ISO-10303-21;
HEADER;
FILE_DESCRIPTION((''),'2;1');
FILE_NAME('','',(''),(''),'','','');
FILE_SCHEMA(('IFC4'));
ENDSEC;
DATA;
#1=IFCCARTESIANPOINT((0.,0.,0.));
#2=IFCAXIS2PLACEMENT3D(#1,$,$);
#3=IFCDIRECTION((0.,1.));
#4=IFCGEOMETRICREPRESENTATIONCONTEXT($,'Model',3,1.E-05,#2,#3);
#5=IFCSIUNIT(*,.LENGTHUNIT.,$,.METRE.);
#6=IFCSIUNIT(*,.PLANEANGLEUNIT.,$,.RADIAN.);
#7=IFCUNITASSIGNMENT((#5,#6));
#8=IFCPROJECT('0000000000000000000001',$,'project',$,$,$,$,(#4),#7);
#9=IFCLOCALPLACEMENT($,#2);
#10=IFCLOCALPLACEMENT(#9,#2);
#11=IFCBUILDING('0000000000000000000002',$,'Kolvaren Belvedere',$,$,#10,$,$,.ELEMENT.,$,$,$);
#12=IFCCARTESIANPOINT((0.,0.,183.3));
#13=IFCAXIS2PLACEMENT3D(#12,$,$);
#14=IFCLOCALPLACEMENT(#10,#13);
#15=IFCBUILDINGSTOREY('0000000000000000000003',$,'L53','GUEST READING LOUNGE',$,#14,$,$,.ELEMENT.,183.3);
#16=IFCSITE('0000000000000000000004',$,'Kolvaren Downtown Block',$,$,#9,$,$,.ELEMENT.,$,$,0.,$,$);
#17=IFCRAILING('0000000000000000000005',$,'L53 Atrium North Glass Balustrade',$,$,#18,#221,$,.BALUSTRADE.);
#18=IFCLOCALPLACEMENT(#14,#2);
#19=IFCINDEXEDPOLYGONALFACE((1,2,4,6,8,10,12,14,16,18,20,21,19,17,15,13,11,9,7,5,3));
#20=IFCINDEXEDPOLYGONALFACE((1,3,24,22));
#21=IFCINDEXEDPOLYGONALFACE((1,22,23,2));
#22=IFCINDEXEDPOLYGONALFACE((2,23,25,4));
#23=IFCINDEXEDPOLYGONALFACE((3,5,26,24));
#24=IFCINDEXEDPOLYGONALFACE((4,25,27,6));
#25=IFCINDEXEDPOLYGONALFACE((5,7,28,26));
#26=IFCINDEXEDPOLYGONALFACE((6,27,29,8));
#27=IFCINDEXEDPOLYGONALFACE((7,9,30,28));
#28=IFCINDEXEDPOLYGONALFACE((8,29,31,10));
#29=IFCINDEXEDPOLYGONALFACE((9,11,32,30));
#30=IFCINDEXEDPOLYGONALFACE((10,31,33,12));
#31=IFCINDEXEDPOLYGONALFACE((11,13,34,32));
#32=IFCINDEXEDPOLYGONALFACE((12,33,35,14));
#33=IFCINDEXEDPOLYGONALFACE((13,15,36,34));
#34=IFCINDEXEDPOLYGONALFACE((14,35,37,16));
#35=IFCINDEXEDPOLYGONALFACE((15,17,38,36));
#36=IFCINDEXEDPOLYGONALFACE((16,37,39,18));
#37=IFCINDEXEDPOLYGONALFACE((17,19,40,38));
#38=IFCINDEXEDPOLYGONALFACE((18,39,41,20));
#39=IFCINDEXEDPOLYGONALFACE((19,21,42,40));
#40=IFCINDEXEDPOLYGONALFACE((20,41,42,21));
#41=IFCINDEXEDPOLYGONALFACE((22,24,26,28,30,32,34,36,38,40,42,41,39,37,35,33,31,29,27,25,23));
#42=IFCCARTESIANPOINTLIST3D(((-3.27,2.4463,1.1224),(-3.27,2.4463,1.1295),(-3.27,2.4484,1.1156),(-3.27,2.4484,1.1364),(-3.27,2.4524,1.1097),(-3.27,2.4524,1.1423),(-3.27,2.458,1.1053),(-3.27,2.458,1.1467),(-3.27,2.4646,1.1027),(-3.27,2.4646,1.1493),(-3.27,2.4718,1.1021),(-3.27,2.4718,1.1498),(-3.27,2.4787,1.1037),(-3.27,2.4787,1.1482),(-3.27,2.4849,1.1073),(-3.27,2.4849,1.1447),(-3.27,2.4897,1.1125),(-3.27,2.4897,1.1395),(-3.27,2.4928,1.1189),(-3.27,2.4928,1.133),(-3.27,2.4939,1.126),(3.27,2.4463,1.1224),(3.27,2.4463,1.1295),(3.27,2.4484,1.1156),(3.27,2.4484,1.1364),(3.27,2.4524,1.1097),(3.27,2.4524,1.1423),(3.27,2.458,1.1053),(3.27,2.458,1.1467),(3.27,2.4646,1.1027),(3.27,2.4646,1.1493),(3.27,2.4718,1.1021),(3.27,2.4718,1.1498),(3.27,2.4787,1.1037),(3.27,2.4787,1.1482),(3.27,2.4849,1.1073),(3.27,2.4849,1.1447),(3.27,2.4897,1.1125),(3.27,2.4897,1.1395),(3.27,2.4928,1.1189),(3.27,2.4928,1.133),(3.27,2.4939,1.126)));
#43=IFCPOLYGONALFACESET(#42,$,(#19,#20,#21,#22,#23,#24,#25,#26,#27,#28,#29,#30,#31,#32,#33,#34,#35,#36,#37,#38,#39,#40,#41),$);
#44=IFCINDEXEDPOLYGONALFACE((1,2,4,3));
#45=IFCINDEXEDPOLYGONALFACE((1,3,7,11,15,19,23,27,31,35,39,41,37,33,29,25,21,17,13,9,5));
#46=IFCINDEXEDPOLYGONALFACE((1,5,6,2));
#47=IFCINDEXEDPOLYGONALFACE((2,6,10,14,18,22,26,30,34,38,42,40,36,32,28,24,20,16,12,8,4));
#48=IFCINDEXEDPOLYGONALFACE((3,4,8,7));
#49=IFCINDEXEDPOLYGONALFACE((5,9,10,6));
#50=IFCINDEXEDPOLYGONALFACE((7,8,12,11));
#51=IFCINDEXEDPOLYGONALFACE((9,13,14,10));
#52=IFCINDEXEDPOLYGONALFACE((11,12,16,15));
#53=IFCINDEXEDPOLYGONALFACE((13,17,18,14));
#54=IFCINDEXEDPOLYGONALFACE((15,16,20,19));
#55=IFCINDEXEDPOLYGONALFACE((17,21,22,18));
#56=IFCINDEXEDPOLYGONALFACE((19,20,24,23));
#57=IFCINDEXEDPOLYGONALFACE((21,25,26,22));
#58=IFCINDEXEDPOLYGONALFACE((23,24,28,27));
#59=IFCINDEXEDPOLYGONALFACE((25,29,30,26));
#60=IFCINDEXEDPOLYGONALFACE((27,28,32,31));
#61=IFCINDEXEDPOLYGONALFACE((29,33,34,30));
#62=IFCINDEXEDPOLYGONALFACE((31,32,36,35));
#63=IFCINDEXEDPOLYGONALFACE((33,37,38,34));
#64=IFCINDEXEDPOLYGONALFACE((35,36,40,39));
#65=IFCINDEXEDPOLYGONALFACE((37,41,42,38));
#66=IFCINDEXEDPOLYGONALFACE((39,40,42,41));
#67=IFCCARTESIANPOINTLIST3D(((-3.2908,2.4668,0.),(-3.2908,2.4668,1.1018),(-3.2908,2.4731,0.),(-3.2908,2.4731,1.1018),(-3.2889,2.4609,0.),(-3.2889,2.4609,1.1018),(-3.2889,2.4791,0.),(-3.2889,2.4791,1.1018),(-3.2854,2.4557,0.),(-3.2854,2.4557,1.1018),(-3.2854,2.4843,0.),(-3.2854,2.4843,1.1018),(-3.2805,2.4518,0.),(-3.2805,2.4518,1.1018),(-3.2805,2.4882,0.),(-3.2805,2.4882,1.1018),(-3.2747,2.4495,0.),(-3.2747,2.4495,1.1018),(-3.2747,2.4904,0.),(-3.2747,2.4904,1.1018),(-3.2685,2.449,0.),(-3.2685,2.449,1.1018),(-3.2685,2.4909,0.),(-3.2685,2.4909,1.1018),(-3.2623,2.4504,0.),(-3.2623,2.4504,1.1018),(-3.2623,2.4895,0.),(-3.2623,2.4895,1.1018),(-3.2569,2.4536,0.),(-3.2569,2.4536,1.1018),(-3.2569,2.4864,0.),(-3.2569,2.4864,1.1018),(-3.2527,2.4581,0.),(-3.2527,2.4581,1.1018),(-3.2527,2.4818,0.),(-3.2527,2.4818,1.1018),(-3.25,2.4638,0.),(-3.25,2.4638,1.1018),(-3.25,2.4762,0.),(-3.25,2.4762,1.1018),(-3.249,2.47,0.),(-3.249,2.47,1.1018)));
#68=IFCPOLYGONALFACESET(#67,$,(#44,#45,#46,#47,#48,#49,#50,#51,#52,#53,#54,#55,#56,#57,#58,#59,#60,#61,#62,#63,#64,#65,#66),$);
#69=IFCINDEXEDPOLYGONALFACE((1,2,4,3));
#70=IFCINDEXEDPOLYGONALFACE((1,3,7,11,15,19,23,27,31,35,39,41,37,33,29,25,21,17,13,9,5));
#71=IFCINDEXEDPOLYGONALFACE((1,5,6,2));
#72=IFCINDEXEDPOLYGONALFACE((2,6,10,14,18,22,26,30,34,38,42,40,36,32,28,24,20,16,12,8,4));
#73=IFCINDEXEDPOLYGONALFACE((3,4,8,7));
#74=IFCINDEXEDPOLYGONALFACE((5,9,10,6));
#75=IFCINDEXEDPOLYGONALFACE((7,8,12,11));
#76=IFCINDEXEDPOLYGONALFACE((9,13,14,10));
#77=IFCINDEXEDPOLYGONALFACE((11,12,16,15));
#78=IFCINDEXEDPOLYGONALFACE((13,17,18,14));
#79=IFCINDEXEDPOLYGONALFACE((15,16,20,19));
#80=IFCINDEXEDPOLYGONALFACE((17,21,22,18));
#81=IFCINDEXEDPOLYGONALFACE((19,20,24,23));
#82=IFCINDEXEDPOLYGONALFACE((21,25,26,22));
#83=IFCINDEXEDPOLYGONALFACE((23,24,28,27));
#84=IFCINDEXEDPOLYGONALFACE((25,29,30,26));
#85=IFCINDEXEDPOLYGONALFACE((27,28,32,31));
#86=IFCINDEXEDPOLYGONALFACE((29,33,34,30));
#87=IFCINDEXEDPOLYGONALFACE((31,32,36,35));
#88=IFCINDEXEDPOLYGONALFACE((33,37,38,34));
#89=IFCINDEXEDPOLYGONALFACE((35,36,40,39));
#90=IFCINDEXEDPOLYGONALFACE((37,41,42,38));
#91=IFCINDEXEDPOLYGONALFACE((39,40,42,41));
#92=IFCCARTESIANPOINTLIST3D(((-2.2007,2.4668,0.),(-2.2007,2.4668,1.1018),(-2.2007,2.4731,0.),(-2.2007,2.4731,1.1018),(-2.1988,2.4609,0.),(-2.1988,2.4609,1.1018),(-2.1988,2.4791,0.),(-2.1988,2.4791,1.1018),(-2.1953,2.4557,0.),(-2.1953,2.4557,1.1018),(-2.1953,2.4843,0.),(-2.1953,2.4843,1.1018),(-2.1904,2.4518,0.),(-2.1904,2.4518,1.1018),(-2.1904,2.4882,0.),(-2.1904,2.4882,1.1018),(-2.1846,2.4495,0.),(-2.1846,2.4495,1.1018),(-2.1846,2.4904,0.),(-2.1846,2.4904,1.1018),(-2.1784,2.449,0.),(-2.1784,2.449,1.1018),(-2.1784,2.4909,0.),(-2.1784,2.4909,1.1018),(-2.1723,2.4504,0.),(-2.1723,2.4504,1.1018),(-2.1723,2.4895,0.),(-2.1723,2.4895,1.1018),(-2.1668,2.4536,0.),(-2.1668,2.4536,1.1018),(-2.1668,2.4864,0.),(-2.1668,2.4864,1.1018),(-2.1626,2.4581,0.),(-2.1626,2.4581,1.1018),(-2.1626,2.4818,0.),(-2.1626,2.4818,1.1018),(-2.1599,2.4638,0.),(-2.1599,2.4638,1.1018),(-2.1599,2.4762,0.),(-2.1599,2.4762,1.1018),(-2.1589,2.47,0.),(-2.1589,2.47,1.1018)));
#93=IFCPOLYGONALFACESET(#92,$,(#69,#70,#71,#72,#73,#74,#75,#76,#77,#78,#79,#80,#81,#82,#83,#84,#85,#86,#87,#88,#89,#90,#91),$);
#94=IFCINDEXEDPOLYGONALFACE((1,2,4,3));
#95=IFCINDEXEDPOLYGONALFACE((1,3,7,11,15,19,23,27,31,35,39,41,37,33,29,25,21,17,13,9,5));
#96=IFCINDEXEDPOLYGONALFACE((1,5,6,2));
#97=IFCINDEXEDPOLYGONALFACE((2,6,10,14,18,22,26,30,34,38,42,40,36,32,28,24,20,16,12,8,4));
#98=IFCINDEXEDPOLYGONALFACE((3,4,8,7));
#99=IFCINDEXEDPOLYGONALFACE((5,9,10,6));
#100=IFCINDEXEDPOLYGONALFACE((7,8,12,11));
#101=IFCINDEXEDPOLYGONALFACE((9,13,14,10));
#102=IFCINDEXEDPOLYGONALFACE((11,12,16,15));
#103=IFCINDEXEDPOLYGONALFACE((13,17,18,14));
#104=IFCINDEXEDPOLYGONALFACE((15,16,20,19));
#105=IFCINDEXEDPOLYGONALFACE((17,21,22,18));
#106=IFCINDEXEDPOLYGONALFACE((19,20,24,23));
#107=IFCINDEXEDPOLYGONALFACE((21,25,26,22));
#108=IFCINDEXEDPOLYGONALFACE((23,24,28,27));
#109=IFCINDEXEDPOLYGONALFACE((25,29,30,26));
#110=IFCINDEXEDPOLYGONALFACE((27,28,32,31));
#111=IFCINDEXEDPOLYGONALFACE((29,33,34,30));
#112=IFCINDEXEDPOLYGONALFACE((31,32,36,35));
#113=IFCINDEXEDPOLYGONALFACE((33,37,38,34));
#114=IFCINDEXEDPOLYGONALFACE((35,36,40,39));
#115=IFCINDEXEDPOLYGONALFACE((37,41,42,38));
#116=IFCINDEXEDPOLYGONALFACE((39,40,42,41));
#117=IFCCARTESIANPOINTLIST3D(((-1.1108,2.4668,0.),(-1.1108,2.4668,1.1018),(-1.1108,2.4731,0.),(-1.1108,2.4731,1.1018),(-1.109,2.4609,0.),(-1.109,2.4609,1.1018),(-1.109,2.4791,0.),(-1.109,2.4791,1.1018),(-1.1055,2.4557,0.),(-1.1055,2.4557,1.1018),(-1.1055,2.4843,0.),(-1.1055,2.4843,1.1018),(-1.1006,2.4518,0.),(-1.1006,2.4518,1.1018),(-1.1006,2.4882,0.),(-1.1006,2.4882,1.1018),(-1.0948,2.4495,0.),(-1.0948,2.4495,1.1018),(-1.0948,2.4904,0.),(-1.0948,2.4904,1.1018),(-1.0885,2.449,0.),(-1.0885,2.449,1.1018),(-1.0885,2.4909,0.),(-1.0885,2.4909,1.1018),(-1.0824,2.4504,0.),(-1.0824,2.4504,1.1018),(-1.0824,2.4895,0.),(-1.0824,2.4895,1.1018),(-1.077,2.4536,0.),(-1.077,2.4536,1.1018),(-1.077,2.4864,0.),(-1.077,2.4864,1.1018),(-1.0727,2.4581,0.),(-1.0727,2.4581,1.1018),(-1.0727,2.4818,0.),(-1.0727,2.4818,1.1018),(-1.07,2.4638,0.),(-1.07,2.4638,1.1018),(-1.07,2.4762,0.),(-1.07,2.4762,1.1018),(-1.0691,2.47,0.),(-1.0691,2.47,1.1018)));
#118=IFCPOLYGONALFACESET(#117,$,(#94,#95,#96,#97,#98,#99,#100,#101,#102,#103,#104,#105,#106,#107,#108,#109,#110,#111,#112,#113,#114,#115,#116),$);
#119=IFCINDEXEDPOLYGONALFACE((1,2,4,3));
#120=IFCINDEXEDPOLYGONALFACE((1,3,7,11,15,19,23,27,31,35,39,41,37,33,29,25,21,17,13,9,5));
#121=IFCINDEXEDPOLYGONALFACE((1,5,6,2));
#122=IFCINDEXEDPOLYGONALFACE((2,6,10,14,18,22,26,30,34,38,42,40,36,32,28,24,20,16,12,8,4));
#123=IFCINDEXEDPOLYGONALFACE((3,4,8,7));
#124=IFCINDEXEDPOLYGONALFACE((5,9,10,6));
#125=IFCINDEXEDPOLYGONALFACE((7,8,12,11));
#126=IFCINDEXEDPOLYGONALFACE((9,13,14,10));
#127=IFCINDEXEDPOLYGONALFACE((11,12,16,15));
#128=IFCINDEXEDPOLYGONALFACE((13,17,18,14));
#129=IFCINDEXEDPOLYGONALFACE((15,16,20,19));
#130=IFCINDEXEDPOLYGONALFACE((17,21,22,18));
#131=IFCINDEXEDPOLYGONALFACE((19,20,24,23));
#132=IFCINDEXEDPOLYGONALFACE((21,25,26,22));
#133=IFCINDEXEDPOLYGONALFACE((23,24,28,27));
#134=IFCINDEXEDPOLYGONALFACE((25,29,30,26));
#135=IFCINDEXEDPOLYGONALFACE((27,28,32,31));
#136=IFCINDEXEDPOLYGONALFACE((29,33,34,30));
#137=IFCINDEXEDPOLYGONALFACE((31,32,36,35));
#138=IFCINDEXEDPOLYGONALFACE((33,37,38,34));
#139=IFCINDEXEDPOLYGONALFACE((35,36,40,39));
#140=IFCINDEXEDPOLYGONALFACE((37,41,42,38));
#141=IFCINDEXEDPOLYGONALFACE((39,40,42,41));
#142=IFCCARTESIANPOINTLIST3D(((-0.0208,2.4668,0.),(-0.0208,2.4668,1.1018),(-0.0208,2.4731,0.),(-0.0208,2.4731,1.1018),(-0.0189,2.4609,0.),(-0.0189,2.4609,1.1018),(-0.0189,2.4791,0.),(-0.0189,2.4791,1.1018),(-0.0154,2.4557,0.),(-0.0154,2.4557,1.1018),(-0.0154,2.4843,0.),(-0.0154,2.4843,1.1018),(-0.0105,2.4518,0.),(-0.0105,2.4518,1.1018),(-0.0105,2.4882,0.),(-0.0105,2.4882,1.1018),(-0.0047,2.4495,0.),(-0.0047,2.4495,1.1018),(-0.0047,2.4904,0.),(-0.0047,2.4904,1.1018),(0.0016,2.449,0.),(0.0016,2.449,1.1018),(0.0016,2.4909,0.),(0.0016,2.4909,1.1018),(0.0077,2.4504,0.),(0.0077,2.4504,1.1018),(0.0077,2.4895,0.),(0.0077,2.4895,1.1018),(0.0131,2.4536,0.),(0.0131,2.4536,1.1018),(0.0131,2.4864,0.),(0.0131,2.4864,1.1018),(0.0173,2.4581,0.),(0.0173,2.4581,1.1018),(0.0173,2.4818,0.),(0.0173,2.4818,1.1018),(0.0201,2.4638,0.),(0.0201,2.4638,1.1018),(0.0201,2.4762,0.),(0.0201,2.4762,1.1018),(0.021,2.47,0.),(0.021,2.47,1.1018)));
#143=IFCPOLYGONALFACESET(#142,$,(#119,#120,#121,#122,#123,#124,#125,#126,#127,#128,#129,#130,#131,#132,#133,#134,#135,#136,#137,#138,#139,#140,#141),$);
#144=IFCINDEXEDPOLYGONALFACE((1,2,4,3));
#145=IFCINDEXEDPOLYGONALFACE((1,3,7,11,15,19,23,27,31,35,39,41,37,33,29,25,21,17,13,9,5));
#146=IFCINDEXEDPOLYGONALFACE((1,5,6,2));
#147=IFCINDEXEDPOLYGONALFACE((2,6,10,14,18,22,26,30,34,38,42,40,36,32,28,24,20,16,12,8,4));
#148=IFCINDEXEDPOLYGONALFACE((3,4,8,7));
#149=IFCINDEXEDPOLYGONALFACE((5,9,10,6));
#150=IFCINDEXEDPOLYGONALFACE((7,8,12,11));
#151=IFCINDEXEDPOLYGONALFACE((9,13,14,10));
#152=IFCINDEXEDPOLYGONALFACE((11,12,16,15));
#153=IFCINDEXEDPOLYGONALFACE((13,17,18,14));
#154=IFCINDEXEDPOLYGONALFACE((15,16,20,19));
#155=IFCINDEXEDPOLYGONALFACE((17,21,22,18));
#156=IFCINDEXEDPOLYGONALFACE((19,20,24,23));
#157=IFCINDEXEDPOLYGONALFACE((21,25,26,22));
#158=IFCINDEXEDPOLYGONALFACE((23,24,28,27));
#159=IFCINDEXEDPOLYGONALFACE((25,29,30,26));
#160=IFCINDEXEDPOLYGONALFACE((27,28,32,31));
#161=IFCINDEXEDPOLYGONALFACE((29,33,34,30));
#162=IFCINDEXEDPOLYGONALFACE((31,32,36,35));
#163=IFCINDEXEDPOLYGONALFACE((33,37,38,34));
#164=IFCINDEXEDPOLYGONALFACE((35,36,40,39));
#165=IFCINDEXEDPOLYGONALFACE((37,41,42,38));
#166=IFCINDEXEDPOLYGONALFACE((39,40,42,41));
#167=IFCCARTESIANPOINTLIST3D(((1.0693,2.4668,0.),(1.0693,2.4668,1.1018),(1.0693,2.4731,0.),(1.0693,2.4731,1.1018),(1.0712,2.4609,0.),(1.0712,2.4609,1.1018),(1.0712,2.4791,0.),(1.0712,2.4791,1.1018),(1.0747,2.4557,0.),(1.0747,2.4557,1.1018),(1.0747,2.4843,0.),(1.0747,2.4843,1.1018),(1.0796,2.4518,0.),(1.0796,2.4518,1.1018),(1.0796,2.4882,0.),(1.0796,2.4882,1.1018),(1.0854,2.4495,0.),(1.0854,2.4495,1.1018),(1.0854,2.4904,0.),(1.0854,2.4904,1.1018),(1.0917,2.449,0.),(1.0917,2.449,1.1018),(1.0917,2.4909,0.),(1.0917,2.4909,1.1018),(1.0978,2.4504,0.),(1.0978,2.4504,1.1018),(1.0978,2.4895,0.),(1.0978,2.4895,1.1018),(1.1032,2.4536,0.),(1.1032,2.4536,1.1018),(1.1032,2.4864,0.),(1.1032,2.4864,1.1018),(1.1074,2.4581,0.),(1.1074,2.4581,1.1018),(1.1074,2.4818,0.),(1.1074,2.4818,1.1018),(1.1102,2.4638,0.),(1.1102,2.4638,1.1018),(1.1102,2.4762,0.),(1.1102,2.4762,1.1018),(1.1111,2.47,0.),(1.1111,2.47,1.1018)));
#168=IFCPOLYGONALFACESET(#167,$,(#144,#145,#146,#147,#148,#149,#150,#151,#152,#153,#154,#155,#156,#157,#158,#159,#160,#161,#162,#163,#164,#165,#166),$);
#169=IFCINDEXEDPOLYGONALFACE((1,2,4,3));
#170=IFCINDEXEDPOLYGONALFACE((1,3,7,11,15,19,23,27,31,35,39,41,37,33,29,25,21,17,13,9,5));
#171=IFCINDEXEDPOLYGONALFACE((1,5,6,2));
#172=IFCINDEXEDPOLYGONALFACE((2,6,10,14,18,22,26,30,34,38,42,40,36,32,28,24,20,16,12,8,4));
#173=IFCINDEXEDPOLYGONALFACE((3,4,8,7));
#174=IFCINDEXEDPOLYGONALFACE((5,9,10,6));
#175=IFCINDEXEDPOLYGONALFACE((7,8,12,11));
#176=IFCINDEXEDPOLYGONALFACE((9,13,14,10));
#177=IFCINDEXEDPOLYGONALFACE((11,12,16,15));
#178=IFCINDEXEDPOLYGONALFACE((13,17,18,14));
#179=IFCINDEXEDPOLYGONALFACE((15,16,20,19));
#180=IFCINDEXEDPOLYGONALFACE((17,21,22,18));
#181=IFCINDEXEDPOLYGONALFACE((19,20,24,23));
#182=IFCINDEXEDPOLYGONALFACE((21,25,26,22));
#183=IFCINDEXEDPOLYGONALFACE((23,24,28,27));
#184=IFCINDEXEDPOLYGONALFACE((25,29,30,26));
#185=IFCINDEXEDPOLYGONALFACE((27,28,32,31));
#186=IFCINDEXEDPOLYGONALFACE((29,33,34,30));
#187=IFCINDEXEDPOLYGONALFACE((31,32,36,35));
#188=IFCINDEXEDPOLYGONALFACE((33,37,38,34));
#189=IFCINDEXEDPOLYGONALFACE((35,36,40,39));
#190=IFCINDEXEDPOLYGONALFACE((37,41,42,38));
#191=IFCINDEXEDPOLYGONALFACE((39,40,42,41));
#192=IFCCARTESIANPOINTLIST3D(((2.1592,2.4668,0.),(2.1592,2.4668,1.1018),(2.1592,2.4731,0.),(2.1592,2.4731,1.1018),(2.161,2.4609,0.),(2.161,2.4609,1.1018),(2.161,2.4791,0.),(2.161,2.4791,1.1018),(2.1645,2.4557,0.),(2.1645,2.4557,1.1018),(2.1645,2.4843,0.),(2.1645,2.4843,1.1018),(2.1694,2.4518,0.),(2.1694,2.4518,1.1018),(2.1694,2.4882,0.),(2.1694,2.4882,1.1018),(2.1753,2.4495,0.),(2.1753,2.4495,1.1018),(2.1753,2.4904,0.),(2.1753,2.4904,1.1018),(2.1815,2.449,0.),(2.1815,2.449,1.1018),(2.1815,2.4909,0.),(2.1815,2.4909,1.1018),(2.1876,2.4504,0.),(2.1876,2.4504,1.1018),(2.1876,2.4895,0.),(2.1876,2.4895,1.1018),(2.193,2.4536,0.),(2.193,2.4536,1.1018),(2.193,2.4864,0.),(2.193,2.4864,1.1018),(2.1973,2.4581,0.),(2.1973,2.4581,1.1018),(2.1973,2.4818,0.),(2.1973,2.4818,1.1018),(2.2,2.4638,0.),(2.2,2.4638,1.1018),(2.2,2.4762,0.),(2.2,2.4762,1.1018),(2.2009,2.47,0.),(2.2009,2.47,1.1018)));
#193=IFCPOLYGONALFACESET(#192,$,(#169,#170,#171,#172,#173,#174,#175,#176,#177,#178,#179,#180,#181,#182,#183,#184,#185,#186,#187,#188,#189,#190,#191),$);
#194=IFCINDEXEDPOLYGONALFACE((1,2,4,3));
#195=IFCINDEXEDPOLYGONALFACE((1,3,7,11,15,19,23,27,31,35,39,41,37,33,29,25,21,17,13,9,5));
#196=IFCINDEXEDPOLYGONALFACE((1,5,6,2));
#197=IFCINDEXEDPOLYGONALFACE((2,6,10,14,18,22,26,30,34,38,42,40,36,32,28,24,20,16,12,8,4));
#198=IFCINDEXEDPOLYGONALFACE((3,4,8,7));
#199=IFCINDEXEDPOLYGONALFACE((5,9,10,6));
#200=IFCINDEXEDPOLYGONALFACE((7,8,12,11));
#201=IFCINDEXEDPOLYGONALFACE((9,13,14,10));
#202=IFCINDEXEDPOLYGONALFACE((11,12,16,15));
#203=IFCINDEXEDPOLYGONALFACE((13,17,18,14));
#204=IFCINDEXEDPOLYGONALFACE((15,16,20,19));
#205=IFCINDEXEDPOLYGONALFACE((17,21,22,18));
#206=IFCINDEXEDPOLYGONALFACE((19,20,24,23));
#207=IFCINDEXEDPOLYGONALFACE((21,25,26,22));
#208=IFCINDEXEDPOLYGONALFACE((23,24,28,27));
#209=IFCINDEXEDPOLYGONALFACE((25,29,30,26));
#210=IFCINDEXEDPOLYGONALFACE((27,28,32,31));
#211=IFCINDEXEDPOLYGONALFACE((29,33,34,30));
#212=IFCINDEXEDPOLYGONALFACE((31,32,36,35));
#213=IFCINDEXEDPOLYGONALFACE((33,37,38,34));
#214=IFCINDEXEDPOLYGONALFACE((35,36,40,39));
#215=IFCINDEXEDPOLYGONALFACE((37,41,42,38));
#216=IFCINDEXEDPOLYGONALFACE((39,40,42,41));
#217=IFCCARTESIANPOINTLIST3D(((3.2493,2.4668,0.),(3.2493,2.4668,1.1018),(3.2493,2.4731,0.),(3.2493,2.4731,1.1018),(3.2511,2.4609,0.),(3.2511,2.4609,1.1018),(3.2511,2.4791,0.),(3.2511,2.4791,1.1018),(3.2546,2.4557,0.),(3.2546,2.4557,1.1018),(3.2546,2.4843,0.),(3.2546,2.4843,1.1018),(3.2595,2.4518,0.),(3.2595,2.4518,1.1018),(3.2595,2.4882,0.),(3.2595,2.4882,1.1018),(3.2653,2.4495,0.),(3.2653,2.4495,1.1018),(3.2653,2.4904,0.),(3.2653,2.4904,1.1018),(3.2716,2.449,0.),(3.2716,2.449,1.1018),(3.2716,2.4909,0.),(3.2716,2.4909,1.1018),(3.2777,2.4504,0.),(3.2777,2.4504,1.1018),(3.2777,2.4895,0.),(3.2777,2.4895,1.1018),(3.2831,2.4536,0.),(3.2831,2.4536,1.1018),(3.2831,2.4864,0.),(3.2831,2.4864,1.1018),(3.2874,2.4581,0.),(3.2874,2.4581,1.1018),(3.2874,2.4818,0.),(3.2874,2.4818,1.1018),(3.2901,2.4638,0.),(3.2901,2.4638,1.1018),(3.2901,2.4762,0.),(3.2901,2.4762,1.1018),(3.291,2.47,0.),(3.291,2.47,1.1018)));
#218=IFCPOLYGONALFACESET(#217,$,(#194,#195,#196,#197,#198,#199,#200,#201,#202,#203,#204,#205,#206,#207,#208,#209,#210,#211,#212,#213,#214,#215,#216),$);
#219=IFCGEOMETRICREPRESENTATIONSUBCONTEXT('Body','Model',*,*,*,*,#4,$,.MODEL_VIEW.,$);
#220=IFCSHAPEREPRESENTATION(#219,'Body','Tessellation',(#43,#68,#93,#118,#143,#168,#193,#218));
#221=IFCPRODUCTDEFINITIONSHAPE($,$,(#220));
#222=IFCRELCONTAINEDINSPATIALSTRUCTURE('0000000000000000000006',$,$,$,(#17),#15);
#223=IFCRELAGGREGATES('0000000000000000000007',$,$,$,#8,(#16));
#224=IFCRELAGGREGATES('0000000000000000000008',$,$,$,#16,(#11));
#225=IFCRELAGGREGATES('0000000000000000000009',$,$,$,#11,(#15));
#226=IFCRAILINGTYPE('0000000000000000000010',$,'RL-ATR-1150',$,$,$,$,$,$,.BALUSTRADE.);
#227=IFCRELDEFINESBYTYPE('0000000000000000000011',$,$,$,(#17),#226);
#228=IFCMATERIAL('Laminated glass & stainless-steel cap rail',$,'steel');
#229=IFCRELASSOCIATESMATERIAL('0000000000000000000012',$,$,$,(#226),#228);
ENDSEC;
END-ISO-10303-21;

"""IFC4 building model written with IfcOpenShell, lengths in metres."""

from ifc_helpers import new_model, si_unit, direction, frame, origin, origin_2d, place, context, subcontext, project, spatial, circle, extrude, material, type_object, element, save


model = new_model("IFC4")

# Units and contexts
model_context = context("Model", 3, precision=1e-05, world=origin(), true_north=direction((0.0, 1.0)))
body_context = subcontext(model_context, "Body", "Model", "MODEL_VIEW")
ifc_project = project(units=[si_unit("LENGTHUNIT", "METRE"), si_unit("PLANEANGLEUNIT", "RADIAN")], contexts=[model_context])

# Site, building, storey
site_placement = place(None, origin())
site = spatial("IfcSite", under=ifc_project, at=site_placement, Name="Kolvaren Downtown Block", CompositionType="ELEMENT", RefElevation=0.0)
building_placement = place(site_placement, origin())
building = spatial("IfcBuilding", under=site, at=building_placement, Name="Kolvaren Belvedere", CompositionType="ELEMENT")
storey_placement = place(building_placement, frame((0.0, 0.0, 183.3)))
storey = spatial("IfcBuildingStorey", under=building, at=storey_placement, Name="L53", Description="GUEST READING LOUNGE", CompositionType="ELEMENT", Elevation=183.3)

# Railing
ifc_material_1 = material(Name="Laminated glass & stainless-steel cap rail", Category="steel")
railing_type_1 = type_object("IfcRailingType", Name="RL-ATR-1150", PredefinedType="BALUSTRADE", material=ifc_material_1)
railing_1_placement = place(storey_placement, frame((-3.27, 2.47, 0.0)))
element("IfcRailing", 1, at=railing_1_placement, inside=storey, type_object=railing_type_1, Name="L53 Atrium North Glass Balustrade", PredefinedType="BALUSTRADE", context=body_context, shape_type="SweptSolid", body=[
    extrude(circle(Radius=0.0239, at=origin_2d()), frame((0.0, 0.0, 1.126), z_axis=(1.0, 0.0, 0.0), x_axis=(0.0, 1.0, 0.0)), (0.0, 0.0, 1.0), 6.54),
    extrude(circle(Radius=0.021, at=origin_2d()), origin(), (0.0, 0.0, 1.0), 1.1018),
    extrude(circle(Radius=0.021, at=origin_2d()), frame((1.0901, 0.0, 0.0)), (0.0, 0.0, 1.0), 1.1018),
    extrude(circle(Radius=0.021, at=origin_2d()), frame((2.1799, 0.0, 0.0)), (0.0, 0.0, 1.0), 1.1018),
    extrude(circle(Radius=0.021, at=origin_2d()), frame((3.27, 0.0, 0.0)), (0.0, 0.0, 1.0), 1.1018),
    extrude(circle(Radius=0.021, at=origin_2d()), frame((4.3601, 0.0, 0.0)), (0.0, 0.0, 1.0), 1.1018),
    extrude(circle(Radius=0.021, at=origin_2d()), frame((5.45, 0.0, 0.0)), (0.0, 0.0, 1.0), 1.1018),
    extrude(circle(Radius=0.021, at=origin_2d()), frame((6.54, 0.0, 0.0)), (0.0, 0.0, 1.0), 1.1018),
])

save(model, "model.ifc")
